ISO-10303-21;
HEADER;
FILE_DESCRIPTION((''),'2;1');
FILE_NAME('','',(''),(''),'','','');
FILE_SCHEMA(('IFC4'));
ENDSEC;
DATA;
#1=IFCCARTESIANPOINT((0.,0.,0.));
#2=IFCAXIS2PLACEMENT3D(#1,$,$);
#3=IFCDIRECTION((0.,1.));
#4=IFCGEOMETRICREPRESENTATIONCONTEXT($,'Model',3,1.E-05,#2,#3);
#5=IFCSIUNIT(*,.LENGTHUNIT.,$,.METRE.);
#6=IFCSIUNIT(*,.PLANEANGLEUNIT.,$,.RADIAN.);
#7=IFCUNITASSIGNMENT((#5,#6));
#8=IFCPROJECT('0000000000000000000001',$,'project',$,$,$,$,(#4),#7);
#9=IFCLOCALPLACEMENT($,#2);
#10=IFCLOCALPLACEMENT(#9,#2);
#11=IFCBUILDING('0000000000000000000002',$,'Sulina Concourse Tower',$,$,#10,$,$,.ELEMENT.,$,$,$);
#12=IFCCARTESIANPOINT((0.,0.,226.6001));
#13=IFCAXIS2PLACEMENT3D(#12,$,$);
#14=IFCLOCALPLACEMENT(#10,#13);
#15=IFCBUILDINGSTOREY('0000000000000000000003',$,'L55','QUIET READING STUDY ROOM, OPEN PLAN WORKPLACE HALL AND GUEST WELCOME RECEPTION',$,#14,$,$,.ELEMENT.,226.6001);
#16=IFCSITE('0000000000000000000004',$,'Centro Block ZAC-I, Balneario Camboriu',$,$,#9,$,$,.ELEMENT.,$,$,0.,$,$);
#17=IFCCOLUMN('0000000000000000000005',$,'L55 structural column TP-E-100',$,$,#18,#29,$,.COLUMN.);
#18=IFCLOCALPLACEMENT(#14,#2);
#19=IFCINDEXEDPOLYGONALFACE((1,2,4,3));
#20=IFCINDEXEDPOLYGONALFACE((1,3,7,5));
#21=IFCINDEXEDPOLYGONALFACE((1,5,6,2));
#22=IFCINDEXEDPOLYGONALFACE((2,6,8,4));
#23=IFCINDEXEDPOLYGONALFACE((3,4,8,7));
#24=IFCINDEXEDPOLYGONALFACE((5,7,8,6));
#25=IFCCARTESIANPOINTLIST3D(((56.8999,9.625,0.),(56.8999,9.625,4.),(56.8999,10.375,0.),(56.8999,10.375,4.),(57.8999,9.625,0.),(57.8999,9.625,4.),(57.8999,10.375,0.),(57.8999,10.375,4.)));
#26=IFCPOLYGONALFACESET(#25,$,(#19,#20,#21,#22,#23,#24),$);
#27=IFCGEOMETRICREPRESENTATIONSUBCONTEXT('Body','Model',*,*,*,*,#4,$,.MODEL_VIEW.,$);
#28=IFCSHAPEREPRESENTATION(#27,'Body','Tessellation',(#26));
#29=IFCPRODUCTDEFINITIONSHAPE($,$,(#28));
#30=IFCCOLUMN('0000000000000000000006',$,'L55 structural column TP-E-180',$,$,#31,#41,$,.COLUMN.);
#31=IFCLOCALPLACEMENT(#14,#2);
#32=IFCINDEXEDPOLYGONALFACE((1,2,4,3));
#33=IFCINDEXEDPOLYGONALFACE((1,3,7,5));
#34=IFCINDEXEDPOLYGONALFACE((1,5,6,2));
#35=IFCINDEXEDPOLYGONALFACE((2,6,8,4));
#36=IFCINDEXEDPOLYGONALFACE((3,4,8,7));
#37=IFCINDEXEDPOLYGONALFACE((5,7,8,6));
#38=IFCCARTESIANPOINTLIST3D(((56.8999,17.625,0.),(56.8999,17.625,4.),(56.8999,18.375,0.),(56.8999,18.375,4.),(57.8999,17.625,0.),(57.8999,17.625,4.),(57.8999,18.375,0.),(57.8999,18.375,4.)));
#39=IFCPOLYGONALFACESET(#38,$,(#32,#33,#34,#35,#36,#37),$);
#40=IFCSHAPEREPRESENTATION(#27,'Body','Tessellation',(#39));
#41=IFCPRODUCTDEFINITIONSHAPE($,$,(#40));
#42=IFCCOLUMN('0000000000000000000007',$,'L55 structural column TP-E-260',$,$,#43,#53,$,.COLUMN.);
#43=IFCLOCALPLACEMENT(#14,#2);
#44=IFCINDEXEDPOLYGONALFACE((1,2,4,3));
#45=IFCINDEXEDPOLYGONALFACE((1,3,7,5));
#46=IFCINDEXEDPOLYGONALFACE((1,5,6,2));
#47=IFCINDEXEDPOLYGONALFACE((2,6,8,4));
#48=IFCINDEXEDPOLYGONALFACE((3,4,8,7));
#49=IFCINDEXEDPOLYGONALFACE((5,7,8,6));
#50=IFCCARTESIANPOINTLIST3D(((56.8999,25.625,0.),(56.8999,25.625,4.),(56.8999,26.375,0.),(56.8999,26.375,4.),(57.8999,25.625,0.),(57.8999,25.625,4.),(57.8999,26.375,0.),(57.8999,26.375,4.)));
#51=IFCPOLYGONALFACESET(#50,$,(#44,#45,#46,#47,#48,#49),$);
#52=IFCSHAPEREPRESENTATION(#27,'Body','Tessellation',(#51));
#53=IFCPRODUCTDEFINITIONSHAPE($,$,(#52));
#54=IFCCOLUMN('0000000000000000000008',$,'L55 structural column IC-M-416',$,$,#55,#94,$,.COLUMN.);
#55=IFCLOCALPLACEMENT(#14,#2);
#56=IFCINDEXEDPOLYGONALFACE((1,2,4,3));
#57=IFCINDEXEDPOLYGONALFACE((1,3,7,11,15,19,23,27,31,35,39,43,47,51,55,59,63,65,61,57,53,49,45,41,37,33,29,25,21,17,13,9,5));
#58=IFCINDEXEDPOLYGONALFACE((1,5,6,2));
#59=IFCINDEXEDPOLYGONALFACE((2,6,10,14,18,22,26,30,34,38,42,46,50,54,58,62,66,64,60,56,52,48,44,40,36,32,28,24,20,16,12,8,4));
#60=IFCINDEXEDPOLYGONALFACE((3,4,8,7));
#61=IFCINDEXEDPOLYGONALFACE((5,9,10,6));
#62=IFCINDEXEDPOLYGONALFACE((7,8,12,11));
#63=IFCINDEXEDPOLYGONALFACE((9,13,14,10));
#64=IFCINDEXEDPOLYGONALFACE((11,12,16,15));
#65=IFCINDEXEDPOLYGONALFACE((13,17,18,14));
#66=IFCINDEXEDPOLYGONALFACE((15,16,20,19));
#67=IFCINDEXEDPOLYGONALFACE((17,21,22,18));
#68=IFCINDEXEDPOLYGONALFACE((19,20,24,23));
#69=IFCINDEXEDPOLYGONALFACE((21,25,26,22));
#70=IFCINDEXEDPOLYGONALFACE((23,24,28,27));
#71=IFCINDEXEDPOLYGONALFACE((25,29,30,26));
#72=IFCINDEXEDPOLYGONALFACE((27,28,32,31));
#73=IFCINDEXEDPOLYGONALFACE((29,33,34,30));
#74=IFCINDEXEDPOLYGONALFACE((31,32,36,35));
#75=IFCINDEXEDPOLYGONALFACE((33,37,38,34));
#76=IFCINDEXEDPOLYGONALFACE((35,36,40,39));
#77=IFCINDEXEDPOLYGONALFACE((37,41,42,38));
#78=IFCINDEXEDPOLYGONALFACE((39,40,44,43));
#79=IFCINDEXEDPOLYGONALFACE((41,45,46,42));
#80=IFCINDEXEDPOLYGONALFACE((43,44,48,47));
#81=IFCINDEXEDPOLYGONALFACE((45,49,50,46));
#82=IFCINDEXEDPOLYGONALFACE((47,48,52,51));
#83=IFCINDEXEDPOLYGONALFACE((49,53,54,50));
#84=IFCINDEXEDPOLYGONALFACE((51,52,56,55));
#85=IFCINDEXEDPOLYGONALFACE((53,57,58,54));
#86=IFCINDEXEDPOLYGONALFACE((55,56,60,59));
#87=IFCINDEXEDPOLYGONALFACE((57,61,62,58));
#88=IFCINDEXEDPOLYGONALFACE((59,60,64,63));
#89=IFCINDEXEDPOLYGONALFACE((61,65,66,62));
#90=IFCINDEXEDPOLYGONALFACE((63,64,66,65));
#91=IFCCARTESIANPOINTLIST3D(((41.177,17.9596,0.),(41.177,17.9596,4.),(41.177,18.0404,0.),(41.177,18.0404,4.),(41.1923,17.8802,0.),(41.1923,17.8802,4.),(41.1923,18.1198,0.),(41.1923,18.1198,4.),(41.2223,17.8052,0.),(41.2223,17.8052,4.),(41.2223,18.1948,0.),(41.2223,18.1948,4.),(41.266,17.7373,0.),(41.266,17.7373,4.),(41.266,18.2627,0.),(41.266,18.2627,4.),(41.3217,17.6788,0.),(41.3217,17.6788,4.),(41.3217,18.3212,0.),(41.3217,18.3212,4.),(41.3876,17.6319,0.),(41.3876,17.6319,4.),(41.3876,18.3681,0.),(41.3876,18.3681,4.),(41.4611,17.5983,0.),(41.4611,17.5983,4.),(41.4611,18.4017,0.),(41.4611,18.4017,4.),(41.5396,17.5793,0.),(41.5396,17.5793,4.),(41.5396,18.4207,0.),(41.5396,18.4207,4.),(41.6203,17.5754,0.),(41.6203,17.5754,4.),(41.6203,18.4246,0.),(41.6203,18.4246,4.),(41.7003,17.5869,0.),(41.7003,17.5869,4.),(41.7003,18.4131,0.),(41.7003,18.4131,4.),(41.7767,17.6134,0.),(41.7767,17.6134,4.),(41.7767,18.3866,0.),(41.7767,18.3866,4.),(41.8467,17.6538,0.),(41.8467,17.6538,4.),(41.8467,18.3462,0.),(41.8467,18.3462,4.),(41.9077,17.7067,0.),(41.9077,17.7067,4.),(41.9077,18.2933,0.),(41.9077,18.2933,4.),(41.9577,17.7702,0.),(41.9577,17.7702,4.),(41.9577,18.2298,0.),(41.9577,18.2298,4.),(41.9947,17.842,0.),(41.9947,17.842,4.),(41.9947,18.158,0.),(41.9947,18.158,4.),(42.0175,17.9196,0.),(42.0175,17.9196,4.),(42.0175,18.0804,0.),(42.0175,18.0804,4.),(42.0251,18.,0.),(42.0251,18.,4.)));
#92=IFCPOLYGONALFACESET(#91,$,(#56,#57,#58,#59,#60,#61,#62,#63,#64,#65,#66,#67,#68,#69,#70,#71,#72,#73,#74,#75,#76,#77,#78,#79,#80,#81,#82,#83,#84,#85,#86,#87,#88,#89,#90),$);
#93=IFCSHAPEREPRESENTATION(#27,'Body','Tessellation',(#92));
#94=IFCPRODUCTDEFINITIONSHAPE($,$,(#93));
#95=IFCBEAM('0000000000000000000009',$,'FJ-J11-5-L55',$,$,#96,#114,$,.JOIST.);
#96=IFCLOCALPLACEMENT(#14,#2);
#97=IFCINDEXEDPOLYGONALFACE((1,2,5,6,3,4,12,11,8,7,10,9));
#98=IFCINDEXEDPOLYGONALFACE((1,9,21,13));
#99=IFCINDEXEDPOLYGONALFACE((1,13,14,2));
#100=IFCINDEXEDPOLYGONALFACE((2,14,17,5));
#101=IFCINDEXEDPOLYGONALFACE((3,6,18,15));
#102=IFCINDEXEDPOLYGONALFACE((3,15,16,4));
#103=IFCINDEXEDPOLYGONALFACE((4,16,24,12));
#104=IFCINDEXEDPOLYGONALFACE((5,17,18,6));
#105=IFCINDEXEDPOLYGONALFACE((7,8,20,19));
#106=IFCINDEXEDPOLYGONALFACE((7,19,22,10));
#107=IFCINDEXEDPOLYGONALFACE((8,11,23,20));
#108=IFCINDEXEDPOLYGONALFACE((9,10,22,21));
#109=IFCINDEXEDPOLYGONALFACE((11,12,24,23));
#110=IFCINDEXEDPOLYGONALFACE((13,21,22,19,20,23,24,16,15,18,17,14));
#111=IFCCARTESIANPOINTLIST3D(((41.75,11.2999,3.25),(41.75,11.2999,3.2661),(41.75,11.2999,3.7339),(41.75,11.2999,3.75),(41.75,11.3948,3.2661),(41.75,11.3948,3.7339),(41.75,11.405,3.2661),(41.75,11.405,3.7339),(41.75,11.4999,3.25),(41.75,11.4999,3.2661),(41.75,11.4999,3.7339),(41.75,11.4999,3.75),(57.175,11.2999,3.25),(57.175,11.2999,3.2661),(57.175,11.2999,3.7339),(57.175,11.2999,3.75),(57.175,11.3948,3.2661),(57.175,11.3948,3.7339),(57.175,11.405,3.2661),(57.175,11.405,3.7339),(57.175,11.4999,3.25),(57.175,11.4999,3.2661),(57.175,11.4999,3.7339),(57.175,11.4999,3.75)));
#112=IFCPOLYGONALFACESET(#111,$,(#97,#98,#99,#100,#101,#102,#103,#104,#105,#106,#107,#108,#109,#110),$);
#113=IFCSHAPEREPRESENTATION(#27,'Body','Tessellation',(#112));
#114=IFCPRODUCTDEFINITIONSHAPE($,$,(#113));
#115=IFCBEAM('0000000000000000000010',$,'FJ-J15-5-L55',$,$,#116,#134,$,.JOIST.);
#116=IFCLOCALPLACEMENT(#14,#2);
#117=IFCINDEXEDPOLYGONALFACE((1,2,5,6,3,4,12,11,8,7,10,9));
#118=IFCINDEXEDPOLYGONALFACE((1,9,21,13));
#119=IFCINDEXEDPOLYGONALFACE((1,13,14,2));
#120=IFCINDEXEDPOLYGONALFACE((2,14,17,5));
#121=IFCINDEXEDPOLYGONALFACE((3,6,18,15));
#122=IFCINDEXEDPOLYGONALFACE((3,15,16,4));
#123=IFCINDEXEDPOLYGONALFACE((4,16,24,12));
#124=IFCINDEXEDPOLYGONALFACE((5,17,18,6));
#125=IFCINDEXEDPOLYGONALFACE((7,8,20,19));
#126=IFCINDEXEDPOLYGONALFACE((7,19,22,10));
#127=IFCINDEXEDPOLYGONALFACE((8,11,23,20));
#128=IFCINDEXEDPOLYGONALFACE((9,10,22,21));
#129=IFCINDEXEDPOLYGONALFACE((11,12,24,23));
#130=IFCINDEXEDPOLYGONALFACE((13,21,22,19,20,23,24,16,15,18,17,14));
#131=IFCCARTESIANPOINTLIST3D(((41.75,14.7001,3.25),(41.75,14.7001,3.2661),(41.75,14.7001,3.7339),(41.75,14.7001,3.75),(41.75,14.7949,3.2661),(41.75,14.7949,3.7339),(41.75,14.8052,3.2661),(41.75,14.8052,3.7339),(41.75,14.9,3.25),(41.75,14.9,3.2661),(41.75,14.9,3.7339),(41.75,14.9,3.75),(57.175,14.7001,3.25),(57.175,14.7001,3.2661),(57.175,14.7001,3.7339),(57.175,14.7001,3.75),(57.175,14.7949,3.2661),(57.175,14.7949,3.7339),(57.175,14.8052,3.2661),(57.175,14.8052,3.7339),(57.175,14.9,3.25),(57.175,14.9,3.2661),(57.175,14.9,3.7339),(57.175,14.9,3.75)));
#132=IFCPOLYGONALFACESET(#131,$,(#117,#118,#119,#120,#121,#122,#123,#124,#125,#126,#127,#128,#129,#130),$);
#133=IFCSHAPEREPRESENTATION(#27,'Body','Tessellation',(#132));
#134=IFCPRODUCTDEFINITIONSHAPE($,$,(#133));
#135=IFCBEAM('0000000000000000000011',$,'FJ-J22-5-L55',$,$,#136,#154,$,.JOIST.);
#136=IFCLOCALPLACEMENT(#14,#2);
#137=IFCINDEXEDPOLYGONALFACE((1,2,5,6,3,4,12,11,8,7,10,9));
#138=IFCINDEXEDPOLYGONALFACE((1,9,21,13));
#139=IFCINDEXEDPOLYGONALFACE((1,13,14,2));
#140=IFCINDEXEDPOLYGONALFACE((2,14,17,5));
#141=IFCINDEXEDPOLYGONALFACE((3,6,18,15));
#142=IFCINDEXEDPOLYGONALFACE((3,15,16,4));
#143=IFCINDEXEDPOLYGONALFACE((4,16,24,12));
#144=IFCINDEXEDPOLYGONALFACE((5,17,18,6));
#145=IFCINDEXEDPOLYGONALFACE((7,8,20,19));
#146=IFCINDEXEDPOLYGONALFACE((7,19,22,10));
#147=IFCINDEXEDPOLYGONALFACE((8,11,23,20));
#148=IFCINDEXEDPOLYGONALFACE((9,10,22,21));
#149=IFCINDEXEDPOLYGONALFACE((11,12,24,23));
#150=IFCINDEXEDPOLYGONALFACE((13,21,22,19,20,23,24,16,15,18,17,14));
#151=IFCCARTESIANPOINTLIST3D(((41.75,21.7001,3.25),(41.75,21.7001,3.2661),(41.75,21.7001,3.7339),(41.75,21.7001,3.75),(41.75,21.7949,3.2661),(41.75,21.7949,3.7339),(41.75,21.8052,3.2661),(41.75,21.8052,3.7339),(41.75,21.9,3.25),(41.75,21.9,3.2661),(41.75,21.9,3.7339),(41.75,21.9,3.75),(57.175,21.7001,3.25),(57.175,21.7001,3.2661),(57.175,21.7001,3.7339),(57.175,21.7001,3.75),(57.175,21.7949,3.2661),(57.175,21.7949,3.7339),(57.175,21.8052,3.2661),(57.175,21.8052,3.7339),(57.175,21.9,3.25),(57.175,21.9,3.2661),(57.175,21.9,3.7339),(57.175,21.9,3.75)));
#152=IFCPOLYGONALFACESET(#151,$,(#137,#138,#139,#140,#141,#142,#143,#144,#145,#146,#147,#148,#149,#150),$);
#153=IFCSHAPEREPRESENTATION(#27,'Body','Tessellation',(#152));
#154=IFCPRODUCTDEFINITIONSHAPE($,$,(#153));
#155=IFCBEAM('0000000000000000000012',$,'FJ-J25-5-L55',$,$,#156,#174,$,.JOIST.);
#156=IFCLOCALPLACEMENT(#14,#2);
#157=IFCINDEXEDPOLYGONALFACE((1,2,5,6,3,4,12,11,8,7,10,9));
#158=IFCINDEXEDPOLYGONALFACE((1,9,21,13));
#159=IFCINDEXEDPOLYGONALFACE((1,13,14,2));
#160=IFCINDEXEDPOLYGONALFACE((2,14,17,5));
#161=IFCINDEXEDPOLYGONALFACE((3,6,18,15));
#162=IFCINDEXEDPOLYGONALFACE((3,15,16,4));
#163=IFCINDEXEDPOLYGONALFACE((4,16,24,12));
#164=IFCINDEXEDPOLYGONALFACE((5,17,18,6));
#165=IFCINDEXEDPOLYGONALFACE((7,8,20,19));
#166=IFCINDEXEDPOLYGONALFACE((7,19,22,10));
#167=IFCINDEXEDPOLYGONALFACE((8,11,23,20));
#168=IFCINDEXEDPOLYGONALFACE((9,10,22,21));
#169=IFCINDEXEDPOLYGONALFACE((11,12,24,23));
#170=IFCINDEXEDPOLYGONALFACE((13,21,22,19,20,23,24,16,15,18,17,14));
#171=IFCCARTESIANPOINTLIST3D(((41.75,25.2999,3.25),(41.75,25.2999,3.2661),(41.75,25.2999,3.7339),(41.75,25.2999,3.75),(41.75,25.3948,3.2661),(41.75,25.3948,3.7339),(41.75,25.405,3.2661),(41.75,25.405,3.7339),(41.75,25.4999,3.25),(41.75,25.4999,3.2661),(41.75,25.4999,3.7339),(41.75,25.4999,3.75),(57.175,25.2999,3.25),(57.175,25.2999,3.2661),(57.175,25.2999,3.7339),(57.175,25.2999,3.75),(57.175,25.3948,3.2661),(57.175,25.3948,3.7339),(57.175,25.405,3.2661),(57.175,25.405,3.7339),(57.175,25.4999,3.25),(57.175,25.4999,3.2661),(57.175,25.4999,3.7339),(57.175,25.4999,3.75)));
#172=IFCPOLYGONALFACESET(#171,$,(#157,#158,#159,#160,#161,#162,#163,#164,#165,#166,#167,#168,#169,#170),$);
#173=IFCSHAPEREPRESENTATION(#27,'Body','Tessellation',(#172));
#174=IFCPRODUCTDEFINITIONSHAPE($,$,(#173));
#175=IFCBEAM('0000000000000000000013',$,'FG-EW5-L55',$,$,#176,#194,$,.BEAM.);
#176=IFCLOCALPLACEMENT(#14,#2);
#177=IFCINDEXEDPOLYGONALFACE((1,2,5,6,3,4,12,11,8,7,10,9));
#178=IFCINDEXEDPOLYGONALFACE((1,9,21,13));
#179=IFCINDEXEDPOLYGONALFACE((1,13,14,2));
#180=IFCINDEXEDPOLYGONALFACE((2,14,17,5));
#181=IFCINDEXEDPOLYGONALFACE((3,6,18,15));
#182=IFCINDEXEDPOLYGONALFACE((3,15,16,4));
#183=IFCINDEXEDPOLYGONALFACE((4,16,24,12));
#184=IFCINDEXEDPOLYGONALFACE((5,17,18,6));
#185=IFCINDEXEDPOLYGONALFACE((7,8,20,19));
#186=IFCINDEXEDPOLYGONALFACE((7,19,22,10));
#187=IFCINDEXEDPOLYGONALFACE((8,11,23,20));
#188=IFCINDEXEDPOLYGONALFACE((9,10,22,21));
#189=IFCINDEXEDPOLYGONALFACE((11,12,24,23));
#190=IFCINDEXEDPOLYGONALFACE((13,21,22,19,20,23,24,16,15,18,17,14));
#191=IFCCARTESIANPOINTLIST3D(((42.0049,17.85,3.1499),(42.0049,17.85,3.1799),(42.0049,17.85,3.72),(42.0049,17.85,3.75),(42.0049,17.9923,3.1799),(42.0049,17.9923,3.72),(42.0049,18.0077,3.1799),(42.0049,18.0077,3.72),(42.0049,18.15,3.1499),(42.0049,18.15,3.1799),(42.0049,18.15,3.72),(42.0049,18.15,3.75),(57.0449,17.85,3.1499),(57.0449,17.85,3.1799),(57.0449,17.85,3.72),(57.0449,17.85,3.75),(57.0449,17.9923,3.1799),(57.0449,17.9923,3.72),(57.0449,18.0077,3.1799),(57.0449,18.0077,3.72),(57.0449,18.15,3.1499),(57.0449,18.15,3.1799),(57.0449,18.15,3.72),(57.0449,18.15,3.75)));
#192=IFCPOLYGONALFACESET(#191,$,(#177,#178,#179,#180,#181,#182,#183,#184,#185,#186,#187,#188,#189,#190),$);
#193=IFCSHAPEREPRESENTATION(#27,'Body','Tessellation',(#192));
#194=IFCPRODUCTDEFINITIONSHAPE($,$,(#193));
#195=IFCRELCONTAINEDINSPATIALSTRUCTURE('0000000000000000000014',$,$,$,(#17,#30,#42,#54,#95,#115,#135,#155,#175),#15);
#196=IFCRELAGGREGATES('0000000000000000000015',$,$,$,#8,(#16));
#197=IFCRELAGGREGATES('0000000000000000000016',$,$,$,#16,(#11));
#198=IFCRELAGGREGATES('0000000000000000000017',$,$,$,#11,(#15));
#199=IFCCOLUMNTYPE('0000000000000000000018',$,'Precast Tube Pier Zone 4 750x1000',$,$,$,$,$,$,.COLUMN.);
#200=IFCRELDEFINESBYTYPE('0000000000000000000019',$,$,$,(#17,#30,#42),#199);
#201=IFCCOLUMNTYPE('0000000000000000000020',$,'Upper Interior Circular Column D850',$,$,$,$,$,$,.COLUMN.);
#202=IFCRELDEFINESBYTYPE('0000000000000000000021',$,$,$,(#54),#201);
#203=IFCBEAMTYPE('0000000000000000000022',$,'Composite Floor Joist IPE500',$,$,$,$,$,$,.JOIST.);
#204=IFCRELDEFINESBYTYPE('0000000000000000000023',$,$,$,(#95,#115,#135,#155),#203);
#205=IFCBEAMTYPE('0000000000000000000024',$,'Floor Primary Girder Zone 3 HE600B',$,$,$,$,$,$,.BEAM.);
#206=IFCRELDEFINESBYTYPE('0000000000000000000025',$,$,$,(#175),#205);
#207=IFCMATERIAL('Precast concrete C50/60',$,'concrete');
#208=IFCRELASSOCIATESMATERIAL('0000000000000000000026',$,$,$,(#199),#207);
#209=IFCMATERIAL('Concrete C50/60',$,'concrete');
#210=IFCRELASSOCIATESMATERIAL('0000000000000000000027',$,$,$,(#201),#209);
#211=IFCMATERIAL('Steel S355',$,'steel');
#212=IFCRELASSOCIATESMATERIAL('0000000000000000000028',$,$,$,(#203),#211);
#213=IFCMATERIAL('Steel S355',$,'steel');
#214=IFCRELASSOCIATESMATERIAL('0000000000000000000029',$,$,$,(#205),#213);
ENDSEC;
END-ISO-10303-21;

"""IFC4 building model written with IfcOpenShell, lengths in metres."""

from ifc_helpers import new_model, si_unit, direction, frame, origin, origin_2d, place, context, subcontext, project, spatial, rectangle, circle, i_section, extrude, material, material_profile, profile_set, type_object, element, save


model = new_model("IFC4")

# Units and contexts
model_context = context("Model", 3, precision=1e-05, world=origin(), true_north=direction((0.0, 1.0)))
body_context = subcontext(model_context, "Body", "Model", "MODEL_VIEW")
ifc_project = project(units=[si_unit("LENGTHUNIT", "METRE"), si_unit("PLANEANGLEUNIT", "RADIAN")], contexts=[model_context])

# Site, building, storey
site_placement = place(None, origin())
site = spatial("IfcSite", under=ifc_project, at=site_placement, Name="Centro Block ZAC-I, Balneario Camboriu", CompositionType="ELEMENT", RefElevation=0.0)
building_placement = place(site_placement, origin())
building = spatial("IfcBuilding", under=site, at=building_placement, Name="Sulina Concourse Tower", CompositionType="ELEMENT")
storey_placement = place(building_placement, frame((0.0, 0.0, 226.6001)))
storey = spatial("IfcBuildingStorey", under=building, at=storey_placement, Name="L55", Description="QUIET READING STUDY ROOM, OPEN PLAN WORKPLACE HALL AND GUEST WELCOME RECEPTION", CompositionType="ELEMENT", Elevation=226.6001)

# Columns
ifc_material_1 = material(Name="Precast concrete C50/60", Category="concrete")
ifc_material_profile_1 = material_profile(ifc_material_1, rectangle(XDim=0.75, YDim=1.0, at=origin_2d()), Name="PC 750x1000")
ifc_profile_set_1 = profile_set([ifc_material_profile_1], Name="Precast concrete C50/60")
column_type_1 = type_object("IfcColumnType", Name="Precast Tube Pier Zone 4 750x1000", PredefinedType="COLUMN", material=ifc_profile_set_1)
for number, where, z_axis, x_axis, name in (
    (1, (57.3999, 10.0, 0.0), (0.0, 0.0, 1.0), (0.0, 1.0, 0.0), "L55 structural column TP-E-100"),
    (2, (57.3999, 18.0, 0.0), (0.0, 0.0, 1.0), (0.0, 1.0, 0.0), "L55 structural column TP-E-180"),
    (3, (57.3999, 26.0, 0.0), (0.0, 0.0, 1.0), (0.0, 1.0, 0.0), "L55 structural column TP-E-260"),
):
    element("IfcColumn", number, at=place(storey_placement, frame(where, z_axis=z_axis, x_axis=x_axis)), inside=storey, type_object=column_type_1, Name=name, PredefinedType="COLUMN", context=body_context, shape_type="SweptSolid", body=[
        extrude(rectangle(XDim=0.75, YDim=1.0, at=origin_2d()), origin(), (0.0, 0.0, 1.0), 4.0),
    ])
ifc_material_2 = material(Name="Concrete C50/60", Category="concrete")
ifc_material_profile_2 = material_profile(ifc_material_2, circle(Radius=0.425, at=origin_2d()), Name="RC D850")
ifc_profile_set_2 = profile_set([ifc_material_profile_2], Name="Concrete C50/60")
column_type_2 = type_object("IfcColumnType", Name="Upper Interior Circular Column D850", PredefinedType="COLUMN", material=ifc_profile_set_2)
column_placement = place(storey_placement, frame((41.6001, 18.0, 0.0), z_axis=(0.0, 0.0, 1.0), x_axis=(1.0, 0.0, 0.0)))
element("IfcColumn", 4, at=column_placement, inside=storey, type_object=column_type_2, Name="L55 structural column IC-M-416", PredefinedType="COLUMN", context=body_context, shape_type="SweptSolid", body=[
    extrude(circle(Radius=0.425, at=origin_2d()), origin(), (0.0, 0.0, 1.0), 4.0),
])

# Beams
ifc_material_3 = material(Name="Steel S355", Category="steel")
ifc_material_profile_3 = material_profile(ifc_material_3, i_section(OverallWidth=0.2, OverallDepth=0.5, WebThickness=0.0103, FlangeThickness=0.0161, at=origin_2d()), Name="IPE 500")
ifc_profile_set_3 = profile_set([ifc_material_profile_3], Name="Steel S355")
beam_type_1 = type_object("IfcBeamType", Name="Composite Floor Joist IPE500", PredefinedType="JOIST", material=ifc_profile_set_3)
for number, where, z_axis, x_axis, name in (
    (5, (41.75, 11.3999, 3.5), (1.0, 0.0, 0.0), (0.0, 1.0, 0.0), "FJ-J11-5-L55"),
    (6, (41.75, 14.8, 3.5), (1.0, 0.0, 0.0), (0.0, 1.0, 0.0), "FJ-J15-5-L55"),
    (7, (41.75, 21.8, 3.5), (1.0, 0.0, 0.0), (0.0, 1.0, 0.0), "FJ-J22-5-L55"),
    (8, (41.75, 25.3999, 3.5), (1.0, 0.0, 0.0), (0.0, 1.0, 0.0), "FJ-J25-5-L55"),
):
    element("IfcBeam", number, at=place(storey_placement, frame(where, z_axis=z_axis, x_axis=x_axis)), inside=storey, type_object=beam_type_1, Name=name, PredefinedType="JOIST", context=body_context, shape_type="SweptSolid", body=[
        extrude(i_section(OverallWidth=0.2, OverallDepth=0.5, WebThickness=0.0103, FlangeThickness=0.0161, at=origin_2d()), origin(), (0.0, 0.0, 1.0), 15.425),
    ])
ifc_material_4 = material(Name="Steel S355", Category="steel")
ifc_material_profile_4 = material_profile(ifc_material_4, i_section(OverallWidth=0.3, OverallDepth=0.6001, WebThickness=0.0154, FlangeThickness=0.03, at=origin_2d()), Name="HE 600 B")
ifc_profile_set_4 = profile_set([ifc_material_profile_4], Name="Steel S355")
beam_type_2 = type_object("IfcBeamType", Name="Floor Primary Girder Zone 3 HE600B", PredefinedType="BEAM", material=ifc_profile_set_4)
beam_1_placement = place(storey_placement, frame((42.0049, 18.0, 3.45), z_axis=(1.0, 0.0, 0.0), x_axis=(0.0, 1.0, 0.0)))
element("IfcBeam", 9, at=beam_1_placement, inside=storey, type_object=beam_type_2, Name="FG-EW5-L55", PredefinedType="BEAM", context=body_context, shape_type="SweptSolid", body=[
    extrude(i_section(OverallWidth=0.3, OverallDepth=0.6001, WebThickness=0.0154, FlangeThickness=0.03, at=origin_2d()), origin(), (0.0, 0.0, 1.0), 15.04),
])

save(model, "model.ifc")
